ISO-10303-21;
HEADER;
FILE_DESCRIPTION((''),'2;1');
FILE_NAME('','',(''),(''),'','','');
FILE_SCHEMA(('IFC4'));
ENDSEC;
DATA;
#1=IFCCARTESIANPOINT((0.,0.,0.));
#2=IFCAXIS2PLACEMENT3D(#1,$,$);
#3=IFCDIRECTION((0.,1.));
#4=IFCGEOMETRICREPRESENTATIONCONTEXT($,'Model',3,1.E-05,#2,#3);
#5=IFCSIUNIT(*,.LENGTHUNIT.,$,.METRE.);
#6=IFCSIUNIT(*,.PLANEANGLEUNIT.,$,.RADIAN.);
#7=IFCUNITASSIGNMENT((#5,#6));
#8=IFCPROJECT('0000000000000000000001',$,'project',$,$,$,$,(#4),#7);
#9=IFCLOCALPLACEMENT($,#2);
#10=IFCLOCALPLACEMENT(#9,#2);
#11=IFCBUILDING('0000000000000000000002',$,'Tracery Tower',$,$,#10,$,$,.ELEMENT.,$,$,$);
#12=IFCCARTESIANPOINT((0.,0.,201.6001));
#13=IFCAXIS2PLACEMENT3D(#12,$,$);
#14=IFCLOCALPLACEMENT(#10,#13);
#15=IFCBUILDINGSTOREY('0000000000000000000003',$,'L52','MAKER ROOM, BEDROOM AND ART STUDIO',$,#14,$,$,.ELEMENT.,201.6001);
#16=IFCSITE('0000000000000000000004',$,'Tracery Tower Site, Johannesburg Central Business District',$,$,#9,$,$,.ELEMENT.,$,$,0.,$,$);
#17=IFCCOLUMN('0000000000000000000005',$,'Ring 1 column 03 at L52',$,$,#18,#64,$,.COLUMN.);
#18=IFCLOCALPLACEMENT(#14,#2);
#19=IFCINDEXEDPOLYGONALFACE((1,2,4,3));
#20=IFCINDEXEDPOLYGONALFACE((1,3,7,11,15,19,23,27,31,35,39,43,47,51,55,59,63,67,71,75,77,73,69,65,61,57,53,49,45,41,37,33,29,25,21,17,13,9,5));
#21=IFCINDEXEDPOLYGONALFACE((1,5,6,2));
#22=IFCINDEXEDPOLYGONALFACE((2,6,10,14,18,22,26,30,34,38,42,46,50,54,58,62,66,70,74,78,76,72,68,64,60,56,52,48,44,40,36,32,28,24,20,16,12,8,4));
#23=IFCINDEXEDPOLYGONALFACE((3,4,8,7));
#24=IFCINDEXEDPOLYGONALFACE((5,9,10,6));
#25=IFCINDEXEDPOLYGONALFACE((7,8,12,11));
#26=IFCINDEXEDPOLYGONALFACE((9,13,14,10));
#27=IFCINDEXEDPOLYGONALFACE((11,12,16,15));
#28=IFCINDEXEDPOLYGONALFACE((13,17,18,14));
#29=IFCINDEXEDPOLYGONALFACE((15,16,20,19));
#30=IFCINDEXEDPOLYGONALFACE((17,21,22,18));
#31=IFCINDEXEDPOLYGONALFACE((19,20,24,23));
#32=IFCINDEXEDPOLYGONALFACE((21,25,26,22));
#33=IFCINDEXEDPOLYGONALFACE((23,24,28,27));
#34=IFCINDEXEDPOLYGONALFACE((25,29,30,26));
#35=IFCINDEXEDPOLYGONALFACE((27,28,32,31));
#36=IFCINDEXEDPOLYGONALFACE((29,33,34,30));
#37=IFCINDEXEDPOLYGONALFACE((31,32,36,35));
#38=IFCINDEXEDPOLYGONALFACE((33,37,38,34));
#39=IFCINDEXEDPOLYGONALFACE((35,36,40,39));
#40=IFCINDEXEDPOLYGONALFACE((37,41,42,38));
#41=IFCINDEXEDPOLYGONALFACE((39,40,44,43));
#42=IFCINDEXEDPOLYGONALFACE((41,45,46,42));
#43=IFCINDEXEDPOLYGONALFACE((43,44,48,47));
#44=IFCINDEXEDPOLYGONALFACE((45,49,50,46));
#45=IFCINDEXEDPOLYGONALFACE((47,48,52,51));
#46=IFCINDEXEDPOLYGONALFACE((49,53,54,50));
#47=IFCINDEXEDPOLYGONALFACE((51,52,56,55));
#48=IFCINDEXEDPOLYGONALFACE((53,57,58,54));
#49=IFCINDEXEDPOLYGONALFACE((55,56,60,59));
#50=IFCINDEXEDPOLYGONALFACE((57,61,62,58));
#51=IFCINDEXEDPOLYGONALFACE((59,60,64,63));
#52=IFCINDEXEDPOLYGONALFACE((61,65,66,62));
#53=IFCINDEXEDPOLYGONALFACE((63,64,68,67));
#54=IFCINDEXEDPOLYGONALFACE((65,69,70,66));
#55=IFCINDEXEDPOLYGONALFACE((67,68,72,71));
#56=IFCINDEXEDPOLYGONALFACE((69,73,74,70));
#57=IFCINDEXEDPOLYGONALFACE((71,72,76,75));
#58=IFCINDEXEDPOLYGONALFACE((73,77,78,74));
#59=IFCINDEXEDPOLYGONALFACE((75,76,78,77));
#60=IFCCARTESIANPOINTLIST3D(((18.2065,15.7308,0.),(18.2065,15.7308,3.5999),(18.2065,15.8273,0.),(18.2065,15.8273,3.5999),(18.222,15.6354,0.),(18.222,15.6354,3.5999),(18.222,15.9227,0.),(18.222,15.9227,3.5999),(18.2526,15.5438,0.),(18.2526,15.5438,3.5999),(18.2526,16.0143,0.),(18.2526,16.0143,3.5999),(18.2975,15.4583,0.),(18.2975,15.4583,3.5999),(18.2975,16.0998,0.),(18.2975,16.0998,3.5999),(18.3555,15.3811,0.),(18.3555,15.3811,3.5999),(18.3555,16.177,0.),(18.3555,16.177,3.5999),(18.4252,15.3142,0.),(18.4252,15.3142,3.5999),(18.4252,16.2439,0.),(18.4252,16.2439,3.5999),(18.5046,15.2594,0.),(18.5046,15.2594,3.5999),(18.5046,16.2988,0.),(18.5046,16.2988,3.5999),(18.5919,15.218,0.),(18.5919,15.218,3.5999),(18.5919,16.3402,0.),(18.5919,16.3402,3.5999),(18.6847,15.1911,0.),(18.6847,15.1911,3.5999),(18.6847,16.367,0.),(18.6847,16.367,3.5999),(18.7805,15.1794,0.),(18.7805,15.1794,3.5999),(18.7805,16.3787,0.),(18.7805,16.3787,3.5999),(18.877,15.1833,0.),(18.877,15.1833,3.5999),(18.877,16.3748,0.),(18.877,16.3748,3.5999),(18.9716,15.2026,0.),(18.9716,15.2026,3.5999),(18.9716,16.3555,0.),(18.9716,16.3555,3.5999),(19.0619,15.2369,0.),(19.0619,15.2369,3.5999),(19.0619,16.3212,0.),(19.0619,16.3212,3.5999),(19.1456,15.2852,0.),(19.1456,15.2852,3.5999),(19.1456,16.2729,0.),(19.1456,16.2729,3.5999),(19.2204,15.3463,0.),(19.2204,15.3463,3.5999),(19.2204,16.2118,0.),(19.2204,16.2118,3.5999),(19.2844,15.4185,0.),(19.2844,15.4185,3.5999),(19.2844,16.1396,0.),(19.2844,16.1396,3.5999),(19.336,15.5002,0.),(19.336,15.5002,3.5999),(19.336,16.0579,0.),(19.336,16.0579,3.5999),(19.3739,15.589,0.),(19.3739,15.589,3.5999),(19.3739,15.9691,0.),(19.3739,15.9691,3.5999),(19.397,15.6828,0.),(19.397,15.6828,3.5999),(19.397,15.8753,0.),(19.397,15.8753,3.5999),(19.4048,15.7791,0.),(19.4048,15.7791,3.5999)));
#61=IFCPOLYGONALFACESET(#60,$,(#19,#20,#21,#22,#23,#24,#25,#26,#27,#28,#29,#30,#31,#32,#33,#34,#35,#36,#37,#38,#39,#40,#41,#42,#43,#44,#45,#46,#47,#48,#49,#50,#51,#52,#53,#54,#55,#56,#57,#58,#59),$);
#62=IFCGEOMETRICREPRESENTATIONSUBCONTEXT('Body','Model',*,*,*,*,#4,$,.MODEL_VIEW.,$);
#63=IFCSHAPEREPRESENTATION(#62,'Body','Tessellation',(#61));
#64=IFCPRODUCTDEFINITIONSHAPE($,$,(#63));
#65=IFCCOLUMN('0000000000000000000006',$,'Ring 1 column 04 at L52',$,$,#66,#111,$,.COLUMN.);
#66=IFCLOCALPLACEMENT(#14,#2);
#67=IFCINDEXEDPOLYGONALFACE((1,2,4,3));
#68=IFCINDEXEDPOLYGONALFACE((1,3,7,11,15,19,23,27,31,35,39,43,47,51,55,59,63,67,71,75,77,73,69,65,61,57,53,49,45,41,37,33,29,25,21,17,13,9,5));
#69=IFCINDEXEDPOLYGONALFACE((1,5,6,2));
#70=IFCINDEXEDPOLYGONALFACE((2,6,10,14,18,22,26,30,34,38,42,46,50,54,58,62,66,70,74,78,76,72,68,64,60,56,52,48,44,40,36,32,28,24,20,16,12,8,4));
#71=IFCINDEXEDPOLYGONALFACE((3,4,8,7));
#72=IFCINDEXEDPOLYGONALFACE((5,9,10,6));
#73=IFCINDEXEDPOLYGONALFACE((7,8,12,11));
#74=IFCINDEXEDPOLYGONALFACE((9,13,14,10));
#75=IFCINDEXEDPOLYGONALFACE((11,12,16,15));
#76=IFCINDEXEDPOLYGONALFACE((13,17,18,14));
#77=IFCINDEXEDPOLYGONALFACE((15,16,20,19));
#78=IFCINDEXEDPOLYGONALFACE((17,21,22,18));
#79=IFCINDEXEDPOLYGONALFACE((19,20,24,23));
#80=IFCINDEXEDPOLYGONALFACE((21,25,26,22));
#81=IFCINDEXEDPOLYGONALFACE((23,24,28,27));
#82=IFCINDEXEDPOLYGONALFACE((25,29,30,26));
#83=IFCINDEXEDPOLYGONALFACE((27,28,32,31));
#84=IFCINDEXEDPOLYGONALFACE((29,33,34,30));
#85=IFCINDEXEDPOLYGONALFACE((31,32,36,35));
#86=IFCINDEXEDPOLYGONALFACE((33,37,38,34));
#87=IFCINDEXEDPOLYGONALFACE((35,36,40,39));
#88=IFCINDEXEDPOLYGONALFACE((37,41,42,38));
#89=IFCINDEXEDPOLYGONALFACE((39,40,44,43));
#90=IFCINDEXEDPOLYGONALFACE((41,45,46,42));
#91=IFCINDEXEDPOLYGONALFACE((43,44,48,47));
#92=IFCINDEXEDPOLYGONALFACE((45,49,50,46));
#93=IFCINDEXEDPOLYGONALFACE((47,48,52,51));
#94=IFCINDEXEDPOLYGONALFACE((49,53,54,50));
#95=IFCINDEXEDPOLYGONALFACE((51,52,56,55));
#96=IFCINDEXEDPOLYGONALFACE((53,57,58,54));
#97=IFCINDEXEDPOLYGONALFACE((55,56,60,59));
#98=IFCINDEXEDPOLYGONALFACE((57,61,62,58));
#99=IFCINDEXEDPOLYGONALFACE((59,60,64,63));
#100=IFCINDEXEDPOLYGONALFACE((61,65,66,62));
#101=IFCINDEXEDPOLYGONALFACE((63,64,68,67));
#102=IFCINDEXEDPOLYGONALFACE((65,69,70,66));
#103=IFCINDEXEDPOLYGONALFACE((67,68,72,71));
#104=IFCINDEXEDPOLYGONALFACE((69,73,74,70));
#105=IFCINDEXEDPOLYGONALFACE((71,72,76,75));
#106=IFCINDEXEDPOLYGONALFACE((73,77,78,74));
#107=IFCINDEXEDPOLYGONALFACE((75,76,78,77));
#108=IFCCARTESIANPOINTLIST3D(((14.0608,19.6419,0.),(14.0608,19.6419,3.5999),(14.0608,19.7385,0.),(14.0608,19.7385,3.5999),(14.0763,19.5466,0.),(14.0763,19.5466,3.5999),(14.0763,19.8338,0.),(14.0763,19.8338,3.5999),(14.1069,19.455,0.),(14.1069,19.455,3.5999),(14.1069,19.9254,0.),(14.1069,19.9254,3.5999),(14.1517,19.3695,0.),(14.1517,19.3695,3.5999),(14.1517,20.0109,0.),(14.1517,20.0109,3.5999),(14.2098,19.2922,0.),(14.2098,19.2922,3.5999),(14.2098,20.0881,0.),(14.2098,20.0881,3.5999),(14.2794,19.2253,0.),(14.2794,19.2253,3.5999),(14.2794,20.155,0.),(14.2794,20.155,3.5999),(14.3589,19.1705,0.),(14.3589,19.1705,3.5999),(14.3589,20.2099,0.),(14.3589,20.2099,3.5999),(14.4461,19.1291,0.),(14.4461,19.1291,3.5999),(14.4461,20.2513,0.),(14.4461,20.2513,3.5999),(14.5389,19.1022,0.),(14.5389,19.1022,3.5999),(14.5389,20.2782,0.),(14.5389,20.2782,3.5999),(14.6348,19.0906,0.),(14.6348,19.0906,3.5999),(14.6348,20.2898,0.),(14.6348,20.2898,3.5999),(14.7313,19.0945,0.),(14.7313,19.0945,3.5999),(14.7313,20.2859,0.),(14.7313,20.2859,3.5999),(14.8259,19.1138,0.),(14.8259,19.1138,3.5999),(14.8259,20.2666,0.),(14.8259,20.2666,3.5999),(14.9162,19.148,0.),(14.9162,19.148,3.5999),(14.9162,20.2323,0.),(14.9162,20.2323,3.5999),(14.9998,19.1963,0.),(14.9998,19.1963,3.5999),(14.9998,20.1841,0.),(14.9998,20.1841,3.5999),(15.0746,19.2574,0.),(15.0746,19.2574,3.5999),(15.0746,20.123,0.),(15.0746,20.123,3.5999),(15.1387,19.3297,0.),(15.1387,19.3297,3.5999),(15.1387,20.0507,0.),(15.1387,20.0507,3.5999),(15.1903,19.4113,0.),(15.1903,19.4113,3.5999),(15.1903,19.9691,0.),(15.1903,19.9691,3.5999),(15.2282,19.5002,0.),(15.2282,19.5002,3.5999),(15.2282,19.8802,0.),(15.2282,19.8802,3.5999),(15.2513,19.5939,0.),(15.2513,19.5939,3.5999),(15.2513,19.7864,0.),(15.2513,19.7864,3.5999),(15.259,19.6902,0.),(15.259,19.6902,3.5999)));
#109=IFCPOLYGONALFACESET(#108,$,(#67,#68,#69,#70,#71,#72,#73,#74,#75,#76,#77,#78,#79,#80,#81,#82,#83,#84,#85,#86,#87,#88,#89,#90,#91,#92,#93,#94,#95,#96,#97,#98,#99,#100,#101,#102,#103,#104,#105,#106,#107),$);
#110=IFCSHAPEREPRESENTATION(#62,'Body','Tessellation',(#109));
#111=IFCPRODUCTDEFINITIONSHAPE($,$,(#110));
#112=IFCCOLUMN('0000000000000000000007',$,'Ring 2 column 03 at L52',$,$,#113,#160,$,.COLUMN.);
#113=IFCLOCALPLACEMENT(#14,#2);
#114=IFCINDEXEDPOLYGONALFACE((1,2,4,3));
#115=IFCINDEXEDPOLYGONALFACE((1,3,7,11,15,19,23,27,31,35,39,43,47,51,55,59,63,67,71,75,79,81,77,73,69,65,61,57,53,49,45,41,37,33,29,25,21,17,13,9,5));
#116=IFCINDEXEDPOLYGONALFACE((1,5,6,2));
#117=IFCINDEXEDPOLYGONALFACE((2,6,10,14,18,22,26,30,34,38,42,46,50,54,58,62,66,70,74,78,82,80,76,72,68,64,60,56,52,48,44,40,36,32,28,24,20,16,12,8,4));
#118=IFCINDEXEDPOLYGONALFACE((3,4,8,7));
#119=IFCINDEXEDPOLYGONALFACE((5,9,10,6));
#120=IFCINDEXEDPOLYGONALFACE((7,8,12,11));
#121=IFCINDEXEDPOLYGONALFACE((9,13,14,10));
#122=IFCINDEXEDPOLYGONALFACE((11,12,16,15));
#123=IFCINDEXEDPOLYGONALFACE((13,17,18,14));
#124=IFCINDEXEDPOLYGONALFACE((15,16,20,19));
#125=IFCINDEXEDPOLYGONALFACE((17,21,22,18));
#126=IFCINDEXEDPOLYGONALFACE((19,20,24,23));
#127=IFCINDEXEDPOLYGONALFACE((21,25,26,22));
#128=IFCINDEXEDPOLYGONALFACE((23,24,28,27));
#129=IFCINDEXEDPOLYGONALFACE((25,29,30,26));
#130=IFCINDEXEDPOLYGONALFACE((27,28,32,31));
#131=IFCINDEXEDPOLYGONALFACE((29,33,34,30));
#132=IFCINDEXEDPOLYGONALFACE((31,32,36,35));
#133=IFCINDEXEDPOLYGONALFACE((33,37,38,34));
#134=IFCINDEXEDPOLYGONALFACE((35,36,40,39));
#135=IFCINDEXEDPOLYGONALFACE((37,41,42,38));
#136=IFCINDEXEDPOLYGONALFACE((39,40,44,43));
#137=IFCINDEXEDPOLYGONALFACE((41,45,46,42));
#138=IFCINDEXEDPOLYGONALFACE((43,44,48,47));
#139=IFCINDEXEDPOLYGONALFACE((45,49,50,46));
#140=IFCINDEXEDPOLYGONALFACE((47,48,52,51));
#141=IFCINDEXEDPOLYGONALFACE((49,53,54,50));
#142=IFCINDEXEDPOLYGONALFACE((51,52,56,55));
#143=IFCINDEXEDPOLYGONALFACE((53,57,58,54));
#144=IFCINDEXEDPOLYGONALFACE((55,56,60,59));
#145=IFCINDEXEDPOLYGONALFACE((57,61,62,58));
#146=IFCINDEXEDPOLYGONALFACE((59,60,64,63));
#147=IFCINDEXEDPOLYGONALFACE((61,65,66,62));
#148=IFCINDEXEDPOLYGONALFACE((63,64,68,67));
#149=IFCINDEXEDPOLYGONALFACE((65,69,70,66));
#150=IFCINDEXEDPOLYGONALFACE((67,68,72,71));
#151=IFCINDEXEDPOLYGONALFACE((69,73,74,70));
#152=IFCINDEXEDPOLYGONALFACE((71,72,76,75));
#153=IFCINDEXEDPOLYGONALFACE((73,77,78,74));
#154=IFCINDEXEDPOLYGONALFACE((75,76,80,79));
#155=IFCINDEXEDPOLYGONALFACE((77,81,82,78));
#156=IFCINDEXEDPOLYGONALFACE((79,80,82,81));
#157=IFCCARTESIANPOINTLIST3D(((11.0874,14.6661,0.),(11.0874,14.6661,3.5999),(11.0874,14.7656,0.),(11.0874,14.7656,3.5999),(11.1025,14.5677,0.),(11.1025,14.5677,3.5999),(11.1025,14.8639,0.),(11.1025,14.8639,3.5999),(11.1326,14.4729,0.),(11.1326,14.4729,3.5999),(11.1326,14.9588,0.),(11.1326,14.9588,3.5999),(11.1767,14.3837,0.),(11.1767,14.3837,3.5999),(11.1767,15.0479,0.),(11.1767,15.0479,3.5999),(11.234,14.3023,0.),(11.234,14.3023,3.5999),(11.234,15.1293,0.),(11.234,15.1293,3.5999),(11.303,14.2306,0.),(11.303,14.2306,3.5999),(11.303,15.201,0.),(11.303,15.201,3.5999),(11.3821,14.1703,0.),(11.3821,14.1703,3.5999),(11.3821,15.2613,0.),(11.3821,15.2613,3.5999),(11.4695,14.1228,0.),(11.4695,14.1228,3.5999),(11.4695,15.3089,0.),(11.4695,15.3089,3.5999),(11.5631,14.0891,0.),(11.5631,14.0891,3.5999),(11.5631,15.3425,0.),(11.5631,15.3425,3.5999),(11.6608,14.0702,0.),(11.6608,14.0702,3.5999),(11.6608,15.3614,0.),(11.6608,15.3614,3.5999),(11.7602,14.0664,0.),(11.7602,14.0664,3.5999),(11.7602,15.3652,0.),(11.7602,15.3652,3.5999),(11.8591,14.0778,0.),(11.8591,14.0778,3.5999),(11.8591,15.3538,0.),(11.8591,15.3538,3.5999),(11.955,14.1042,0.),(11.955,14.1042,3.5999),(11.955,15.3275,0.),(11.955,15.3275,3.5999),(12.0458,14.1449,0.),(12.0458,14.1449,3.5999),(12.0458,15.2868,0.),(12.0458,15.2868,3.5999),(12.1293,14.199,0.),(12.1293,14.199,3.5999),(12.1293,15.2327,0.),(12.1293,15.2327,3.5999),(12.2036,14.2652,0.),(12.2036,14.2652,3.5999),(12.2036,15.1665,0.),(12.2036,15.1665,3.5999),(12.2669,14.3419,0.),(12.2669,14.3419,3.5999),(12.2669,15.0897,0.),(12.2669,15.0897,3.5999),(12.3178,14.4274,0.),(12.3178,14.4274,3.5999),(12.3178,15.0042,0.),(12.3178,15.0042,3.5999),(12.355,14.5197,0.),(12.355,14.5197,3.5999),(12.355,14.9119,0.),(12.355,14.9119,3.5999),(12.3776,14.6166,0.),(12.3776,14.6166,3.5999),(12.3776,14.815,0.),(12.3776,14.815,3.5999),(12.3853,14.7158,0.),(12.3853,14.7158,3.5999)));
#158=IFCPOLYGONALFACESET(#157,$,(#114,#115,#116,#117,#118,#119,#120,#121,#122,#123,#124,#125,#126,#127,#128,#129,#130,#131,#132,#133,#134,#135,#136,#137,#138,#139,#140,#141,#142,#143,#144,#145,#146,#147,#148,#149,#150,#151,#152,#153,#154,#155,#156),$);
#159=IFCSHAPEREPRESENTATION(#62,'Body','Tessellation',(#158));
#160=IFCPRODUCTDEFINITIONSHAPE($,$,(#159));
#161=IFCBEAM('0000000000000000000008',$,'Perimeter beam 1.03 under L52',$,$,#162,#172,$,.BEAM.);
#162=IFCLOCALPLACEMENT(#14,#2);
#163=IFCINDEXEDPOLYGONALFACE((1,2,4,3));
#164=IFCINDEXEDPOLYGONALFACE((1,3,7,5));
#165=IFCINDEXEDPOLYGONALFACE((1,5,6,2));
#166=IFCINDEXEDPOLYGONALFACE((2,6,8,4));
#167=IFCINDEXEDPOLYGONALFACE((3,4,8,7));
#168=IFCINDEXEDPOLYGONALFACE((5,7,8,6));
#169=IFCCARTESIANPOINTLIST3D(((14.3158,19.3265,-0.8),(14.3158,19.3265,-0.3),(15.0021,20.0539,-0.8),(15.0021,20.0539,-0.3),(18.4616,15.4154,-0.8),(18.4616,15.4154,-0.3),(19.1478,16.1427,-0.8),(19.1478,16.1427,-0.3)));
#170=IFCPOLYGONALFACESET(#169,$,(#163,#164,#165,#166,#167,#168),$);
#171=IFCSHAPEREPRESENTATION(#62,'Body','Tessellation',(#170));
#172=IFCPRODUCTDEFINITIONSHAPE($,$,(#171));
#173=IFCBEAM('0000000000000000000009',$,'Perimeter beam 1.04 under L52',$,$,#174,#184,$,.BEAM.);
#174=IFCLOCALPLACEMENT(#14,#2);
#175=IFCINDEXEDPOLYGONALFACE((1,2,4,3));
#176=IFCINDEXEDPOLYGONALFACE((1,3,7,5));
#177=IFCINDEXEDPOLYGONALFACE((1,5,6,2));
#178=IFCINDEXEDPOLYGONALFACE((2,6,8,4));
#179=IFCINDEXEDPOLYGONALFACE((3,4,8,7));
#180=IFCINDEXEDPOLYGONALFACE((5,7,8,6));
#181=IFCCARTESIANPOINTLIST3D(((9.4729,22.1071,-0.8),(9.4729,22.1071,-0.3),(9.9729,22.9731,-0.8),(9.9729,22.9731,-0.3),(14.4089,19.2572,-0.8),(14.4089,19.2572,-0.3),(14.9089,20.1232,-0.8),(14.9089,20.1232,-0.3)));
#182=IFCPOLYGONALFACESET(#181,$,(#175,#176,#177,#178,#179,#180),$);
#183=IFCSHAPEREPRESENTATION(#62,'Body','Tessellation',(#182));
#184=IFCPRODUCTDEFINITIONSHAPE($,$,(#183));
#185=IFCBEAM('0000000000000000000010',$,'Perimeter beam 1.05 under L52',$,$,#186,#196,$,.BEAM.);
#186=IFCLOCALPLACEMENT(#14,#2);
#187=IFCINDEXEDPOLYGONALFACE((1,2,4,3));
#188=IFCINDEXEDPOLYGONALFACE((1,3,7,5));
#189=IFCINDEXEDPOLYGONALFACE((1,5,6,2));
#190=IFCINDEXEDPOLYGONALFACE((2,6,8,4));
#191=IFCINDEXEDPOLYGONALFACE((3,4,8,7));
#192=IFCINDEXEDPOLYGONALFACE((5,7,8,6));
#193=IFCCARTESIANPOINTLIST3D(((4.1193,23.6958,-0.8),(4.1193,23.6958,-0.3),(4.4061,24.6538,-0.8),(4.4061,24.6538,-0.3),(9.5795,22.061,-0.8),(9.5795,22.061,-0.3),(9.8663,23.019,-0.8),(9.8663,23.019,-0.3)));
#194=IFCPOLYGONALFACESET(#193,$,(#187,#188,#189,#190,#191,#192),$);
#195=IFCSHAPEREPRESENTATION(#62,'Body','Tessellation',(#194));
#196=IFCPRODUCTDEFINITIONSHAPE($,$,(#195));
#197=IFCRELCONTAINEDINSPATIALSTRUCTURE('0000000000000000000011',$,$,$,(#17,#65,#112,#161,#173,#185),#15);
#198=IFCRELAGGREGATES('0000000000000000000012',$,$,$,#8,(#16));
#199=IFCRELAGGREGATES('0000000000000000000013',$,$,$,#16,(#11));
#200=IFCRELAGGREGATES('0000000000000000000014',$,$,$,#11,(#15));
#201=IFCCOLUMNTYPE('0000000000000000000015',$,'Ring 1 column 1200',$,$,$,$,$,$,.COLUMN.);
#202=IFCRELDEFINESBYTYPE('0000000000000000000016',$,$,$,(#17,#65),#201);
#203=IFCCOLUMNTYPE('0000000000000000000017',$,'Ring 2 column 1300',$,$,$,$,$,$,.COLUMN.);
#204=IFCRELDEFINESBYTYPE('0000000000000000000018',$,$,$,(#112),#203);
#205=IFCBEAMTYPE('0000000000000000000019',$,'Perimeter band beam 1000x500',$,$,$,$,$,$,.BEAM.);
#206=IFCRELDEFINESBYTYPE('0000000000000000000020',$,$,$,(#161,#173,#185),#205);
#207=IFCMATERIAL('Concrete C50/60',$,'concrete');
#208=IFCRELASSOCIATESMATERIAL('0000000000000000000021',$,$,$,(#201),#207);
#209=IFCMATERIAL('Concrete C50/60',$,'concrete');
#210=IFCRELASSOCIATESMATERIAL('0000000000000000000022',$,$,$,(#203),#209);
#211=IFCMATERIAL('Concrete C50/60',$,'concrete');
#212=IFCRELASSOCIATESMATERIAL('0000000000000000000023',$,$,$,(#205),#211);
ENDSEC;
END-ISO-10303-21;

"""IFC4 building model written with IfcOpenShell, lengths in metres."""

from ifc_helpers import new_model, si_unit, direction, frame, origin, origin_2d, place, context, subcontext, project, spatial, rectangle, circle, extrude, material, material_profile, profile_set, type_object, element, save


model = new_model("IFC4")

# Units and contexts
model_context = context("Model", 3, precision=1e-05, world=origin(), true_north=direction((0.0, 1.0)))
body_context = subcontext(model_context, "Body", "Model", "MODEL_VIEW")
ifc_project = project(units=[si_unit("LENGTHUNIT", "METRE"), si_unit("PLANEANGLEUNIT", "RADIAN")], contexts=[model_context])

# Site, building, storey
site_placement = place(None, origin())
site = spatial("IfcSite", under=ifc_project, at=site_placement, Name="Tracery Tower Site, Johannesburg Central Business District", CompositionType="ELEMENT", RefElevation=0.0)
building_placement = place(site_placement, origin())
building = spatial("IfcBuilding", under=site, at=building_placement, Name="Tracery Tower", CompositionType="ELEMENT")
storey_placement = place(building_placement, frame((0.0, 0.0, 201.6001)))
storey = spatial("IfcBuildingStorey", under=building, at=storey_placement, Name="L52", Description="MAKER ROOM, BEDROOM AND ART STUDIO", CompositionType="ELEMENT", Elevation=201.6001)

# Columns
ifc_material_1 = material(Name="Concrete C50/60", Category="concrete")
ifc_material_profile_1 = material_profile(ifc_material_1, circle(Radius=0.6001, at=origin_2d()), Name="RC D1200")
ifc_profile_set_1 = profile_set([ifc_material_profile_1], Name="Concrete C50/60")
column_type_1 = type_object("IfcColumnType", Name="Ring 1 column 1200", PredefinedType="COLUMN", material=ifc_profile_set_1)
for number, where, z_axis, x_axis, name in (
    (1, (18.8047, 15.7791, 0.0), (0.0, 0.0, 1.0), (1.0, 0.0, 0.0), "Ring 1 column 03 at L52"),
    (2, (14.6589, 19.6902, 0.0), (0.0, 0.0, 1.0), (1.0, 0.0, 0.0), "Ring 1 column 04 at L52"),
):
    element("IfcColumn", number, at=place(storey_placement, frame(where, z_axis=z_axis, x_axis=x_axis)), inside=storey, type_object=column_type_1, Name=name, PredefinedType="COLUMN", context=body_context, shape_type="SweptSolid", body=[
        extrude(circle(Radius=0.6001, at=origin_2d()), origin(), (0.0, 0.0, 1.0), 3.5999),
    ])
ifc_material_2 = material(Name="Concrete C50/60", Category="concrete")
ifc_material_profile_2 = material_profile(ifc_material_2, circle(Radius=0.6499, at=origin_2d()), Name="RC D1300")
ifc_profile_set_2 = profile_set([ifc_material_profile_2], Name="Concrete C50/60")
column_type_2 = type_object("IfcColumnType", Name="Ring 2 column 1300", PredefinedType="COLUMN", material=ifc_profile_set_2)
column_placement = place(storey_placement, frame((11.7354, 14.7158, 0.0), z_axis=(0.0, 0.0, 1.0), x_axis=(1.0, 0.0, 0.0)))
element("IfcColumn", 3, at=column_placement, inside=storey, type_object=column_type_2, Name="Ring 2 column 03 at L52", PredefinedType="COLUMN", context=body_context, shape_type="SweptSolid", body=[
    extrude(circle(Radius=0.6499, at=origin_2d()), origin(), (0.0, 0.0, 1.0), 3.5999),
])

# Beams
ifc_material_3 = material(Name="Concrete C50/60", Category="concrete")
ifc_material_profile_3 = material_profile(ifc_material_3, rectangle(XDim=1.0, YDim=0.5, at=origin_2d()), Name="RC 1000x500")
ifc_profile_set_3 = profile_set([ifc_material_profile_3], Name="Concrete C50/60")
beam_type = type_object("IfcBeamType", Name="Perimeter band beam 1000x500", PredefinedType="BEAM", material=ifc_profile_set_3)
beam_placement = place(storey_placement, frame((18.8047, 15.7791, -0.55), z_axis=(-0.72739, 0.686225, 0.0), x_axis=(-0.686225, -0.72739, 0.0)))
element("IfcBeam", 4, at=beam_placement, inside=storey, type_object=beam_type, Name="Perimeter beam 1.03 under L52", PredefinedType="BEAM", context=body_context, shape_type="SweptSolid", body=[
    extrude(rectangle(XDim=1.0, YDim=0.5, at=origin_2d()), origin(), (0.0, 0.0, 1.0), 5.6995),
])
for number, where, z_axis, x_axis, name in (
    (5, (14.6589, 19.6902, -0.55), (-0.866023, 0.500004, 0.0), (-0.500004, -0.866023, 0.0), "Perimeter beam 1.04 under L52"),
    (6, (9.7229, 22.54, -0.55), (-0.957985, 0.286817, 0.0), (-0.286817, -0.957985, 0.0), "Perimeter beam 1.05 under L52"),
):
    element("IfcBeam", number, at=place(storey_placement, frame(where, z_axis=z_axis, x_axis=x_axis)), inside=storey, type_object=beam_type, Name=name, PredefinedType="BEAM", context=body_context, shape_type="SweptSolid", body=[
        extrude(rectangle(XDim=1.0, YDim=0.5, at=origin_2d()), origin(), (0.0, 0.0, 1.0), 5.6997),
    ])

save(model, "model.ifc")
